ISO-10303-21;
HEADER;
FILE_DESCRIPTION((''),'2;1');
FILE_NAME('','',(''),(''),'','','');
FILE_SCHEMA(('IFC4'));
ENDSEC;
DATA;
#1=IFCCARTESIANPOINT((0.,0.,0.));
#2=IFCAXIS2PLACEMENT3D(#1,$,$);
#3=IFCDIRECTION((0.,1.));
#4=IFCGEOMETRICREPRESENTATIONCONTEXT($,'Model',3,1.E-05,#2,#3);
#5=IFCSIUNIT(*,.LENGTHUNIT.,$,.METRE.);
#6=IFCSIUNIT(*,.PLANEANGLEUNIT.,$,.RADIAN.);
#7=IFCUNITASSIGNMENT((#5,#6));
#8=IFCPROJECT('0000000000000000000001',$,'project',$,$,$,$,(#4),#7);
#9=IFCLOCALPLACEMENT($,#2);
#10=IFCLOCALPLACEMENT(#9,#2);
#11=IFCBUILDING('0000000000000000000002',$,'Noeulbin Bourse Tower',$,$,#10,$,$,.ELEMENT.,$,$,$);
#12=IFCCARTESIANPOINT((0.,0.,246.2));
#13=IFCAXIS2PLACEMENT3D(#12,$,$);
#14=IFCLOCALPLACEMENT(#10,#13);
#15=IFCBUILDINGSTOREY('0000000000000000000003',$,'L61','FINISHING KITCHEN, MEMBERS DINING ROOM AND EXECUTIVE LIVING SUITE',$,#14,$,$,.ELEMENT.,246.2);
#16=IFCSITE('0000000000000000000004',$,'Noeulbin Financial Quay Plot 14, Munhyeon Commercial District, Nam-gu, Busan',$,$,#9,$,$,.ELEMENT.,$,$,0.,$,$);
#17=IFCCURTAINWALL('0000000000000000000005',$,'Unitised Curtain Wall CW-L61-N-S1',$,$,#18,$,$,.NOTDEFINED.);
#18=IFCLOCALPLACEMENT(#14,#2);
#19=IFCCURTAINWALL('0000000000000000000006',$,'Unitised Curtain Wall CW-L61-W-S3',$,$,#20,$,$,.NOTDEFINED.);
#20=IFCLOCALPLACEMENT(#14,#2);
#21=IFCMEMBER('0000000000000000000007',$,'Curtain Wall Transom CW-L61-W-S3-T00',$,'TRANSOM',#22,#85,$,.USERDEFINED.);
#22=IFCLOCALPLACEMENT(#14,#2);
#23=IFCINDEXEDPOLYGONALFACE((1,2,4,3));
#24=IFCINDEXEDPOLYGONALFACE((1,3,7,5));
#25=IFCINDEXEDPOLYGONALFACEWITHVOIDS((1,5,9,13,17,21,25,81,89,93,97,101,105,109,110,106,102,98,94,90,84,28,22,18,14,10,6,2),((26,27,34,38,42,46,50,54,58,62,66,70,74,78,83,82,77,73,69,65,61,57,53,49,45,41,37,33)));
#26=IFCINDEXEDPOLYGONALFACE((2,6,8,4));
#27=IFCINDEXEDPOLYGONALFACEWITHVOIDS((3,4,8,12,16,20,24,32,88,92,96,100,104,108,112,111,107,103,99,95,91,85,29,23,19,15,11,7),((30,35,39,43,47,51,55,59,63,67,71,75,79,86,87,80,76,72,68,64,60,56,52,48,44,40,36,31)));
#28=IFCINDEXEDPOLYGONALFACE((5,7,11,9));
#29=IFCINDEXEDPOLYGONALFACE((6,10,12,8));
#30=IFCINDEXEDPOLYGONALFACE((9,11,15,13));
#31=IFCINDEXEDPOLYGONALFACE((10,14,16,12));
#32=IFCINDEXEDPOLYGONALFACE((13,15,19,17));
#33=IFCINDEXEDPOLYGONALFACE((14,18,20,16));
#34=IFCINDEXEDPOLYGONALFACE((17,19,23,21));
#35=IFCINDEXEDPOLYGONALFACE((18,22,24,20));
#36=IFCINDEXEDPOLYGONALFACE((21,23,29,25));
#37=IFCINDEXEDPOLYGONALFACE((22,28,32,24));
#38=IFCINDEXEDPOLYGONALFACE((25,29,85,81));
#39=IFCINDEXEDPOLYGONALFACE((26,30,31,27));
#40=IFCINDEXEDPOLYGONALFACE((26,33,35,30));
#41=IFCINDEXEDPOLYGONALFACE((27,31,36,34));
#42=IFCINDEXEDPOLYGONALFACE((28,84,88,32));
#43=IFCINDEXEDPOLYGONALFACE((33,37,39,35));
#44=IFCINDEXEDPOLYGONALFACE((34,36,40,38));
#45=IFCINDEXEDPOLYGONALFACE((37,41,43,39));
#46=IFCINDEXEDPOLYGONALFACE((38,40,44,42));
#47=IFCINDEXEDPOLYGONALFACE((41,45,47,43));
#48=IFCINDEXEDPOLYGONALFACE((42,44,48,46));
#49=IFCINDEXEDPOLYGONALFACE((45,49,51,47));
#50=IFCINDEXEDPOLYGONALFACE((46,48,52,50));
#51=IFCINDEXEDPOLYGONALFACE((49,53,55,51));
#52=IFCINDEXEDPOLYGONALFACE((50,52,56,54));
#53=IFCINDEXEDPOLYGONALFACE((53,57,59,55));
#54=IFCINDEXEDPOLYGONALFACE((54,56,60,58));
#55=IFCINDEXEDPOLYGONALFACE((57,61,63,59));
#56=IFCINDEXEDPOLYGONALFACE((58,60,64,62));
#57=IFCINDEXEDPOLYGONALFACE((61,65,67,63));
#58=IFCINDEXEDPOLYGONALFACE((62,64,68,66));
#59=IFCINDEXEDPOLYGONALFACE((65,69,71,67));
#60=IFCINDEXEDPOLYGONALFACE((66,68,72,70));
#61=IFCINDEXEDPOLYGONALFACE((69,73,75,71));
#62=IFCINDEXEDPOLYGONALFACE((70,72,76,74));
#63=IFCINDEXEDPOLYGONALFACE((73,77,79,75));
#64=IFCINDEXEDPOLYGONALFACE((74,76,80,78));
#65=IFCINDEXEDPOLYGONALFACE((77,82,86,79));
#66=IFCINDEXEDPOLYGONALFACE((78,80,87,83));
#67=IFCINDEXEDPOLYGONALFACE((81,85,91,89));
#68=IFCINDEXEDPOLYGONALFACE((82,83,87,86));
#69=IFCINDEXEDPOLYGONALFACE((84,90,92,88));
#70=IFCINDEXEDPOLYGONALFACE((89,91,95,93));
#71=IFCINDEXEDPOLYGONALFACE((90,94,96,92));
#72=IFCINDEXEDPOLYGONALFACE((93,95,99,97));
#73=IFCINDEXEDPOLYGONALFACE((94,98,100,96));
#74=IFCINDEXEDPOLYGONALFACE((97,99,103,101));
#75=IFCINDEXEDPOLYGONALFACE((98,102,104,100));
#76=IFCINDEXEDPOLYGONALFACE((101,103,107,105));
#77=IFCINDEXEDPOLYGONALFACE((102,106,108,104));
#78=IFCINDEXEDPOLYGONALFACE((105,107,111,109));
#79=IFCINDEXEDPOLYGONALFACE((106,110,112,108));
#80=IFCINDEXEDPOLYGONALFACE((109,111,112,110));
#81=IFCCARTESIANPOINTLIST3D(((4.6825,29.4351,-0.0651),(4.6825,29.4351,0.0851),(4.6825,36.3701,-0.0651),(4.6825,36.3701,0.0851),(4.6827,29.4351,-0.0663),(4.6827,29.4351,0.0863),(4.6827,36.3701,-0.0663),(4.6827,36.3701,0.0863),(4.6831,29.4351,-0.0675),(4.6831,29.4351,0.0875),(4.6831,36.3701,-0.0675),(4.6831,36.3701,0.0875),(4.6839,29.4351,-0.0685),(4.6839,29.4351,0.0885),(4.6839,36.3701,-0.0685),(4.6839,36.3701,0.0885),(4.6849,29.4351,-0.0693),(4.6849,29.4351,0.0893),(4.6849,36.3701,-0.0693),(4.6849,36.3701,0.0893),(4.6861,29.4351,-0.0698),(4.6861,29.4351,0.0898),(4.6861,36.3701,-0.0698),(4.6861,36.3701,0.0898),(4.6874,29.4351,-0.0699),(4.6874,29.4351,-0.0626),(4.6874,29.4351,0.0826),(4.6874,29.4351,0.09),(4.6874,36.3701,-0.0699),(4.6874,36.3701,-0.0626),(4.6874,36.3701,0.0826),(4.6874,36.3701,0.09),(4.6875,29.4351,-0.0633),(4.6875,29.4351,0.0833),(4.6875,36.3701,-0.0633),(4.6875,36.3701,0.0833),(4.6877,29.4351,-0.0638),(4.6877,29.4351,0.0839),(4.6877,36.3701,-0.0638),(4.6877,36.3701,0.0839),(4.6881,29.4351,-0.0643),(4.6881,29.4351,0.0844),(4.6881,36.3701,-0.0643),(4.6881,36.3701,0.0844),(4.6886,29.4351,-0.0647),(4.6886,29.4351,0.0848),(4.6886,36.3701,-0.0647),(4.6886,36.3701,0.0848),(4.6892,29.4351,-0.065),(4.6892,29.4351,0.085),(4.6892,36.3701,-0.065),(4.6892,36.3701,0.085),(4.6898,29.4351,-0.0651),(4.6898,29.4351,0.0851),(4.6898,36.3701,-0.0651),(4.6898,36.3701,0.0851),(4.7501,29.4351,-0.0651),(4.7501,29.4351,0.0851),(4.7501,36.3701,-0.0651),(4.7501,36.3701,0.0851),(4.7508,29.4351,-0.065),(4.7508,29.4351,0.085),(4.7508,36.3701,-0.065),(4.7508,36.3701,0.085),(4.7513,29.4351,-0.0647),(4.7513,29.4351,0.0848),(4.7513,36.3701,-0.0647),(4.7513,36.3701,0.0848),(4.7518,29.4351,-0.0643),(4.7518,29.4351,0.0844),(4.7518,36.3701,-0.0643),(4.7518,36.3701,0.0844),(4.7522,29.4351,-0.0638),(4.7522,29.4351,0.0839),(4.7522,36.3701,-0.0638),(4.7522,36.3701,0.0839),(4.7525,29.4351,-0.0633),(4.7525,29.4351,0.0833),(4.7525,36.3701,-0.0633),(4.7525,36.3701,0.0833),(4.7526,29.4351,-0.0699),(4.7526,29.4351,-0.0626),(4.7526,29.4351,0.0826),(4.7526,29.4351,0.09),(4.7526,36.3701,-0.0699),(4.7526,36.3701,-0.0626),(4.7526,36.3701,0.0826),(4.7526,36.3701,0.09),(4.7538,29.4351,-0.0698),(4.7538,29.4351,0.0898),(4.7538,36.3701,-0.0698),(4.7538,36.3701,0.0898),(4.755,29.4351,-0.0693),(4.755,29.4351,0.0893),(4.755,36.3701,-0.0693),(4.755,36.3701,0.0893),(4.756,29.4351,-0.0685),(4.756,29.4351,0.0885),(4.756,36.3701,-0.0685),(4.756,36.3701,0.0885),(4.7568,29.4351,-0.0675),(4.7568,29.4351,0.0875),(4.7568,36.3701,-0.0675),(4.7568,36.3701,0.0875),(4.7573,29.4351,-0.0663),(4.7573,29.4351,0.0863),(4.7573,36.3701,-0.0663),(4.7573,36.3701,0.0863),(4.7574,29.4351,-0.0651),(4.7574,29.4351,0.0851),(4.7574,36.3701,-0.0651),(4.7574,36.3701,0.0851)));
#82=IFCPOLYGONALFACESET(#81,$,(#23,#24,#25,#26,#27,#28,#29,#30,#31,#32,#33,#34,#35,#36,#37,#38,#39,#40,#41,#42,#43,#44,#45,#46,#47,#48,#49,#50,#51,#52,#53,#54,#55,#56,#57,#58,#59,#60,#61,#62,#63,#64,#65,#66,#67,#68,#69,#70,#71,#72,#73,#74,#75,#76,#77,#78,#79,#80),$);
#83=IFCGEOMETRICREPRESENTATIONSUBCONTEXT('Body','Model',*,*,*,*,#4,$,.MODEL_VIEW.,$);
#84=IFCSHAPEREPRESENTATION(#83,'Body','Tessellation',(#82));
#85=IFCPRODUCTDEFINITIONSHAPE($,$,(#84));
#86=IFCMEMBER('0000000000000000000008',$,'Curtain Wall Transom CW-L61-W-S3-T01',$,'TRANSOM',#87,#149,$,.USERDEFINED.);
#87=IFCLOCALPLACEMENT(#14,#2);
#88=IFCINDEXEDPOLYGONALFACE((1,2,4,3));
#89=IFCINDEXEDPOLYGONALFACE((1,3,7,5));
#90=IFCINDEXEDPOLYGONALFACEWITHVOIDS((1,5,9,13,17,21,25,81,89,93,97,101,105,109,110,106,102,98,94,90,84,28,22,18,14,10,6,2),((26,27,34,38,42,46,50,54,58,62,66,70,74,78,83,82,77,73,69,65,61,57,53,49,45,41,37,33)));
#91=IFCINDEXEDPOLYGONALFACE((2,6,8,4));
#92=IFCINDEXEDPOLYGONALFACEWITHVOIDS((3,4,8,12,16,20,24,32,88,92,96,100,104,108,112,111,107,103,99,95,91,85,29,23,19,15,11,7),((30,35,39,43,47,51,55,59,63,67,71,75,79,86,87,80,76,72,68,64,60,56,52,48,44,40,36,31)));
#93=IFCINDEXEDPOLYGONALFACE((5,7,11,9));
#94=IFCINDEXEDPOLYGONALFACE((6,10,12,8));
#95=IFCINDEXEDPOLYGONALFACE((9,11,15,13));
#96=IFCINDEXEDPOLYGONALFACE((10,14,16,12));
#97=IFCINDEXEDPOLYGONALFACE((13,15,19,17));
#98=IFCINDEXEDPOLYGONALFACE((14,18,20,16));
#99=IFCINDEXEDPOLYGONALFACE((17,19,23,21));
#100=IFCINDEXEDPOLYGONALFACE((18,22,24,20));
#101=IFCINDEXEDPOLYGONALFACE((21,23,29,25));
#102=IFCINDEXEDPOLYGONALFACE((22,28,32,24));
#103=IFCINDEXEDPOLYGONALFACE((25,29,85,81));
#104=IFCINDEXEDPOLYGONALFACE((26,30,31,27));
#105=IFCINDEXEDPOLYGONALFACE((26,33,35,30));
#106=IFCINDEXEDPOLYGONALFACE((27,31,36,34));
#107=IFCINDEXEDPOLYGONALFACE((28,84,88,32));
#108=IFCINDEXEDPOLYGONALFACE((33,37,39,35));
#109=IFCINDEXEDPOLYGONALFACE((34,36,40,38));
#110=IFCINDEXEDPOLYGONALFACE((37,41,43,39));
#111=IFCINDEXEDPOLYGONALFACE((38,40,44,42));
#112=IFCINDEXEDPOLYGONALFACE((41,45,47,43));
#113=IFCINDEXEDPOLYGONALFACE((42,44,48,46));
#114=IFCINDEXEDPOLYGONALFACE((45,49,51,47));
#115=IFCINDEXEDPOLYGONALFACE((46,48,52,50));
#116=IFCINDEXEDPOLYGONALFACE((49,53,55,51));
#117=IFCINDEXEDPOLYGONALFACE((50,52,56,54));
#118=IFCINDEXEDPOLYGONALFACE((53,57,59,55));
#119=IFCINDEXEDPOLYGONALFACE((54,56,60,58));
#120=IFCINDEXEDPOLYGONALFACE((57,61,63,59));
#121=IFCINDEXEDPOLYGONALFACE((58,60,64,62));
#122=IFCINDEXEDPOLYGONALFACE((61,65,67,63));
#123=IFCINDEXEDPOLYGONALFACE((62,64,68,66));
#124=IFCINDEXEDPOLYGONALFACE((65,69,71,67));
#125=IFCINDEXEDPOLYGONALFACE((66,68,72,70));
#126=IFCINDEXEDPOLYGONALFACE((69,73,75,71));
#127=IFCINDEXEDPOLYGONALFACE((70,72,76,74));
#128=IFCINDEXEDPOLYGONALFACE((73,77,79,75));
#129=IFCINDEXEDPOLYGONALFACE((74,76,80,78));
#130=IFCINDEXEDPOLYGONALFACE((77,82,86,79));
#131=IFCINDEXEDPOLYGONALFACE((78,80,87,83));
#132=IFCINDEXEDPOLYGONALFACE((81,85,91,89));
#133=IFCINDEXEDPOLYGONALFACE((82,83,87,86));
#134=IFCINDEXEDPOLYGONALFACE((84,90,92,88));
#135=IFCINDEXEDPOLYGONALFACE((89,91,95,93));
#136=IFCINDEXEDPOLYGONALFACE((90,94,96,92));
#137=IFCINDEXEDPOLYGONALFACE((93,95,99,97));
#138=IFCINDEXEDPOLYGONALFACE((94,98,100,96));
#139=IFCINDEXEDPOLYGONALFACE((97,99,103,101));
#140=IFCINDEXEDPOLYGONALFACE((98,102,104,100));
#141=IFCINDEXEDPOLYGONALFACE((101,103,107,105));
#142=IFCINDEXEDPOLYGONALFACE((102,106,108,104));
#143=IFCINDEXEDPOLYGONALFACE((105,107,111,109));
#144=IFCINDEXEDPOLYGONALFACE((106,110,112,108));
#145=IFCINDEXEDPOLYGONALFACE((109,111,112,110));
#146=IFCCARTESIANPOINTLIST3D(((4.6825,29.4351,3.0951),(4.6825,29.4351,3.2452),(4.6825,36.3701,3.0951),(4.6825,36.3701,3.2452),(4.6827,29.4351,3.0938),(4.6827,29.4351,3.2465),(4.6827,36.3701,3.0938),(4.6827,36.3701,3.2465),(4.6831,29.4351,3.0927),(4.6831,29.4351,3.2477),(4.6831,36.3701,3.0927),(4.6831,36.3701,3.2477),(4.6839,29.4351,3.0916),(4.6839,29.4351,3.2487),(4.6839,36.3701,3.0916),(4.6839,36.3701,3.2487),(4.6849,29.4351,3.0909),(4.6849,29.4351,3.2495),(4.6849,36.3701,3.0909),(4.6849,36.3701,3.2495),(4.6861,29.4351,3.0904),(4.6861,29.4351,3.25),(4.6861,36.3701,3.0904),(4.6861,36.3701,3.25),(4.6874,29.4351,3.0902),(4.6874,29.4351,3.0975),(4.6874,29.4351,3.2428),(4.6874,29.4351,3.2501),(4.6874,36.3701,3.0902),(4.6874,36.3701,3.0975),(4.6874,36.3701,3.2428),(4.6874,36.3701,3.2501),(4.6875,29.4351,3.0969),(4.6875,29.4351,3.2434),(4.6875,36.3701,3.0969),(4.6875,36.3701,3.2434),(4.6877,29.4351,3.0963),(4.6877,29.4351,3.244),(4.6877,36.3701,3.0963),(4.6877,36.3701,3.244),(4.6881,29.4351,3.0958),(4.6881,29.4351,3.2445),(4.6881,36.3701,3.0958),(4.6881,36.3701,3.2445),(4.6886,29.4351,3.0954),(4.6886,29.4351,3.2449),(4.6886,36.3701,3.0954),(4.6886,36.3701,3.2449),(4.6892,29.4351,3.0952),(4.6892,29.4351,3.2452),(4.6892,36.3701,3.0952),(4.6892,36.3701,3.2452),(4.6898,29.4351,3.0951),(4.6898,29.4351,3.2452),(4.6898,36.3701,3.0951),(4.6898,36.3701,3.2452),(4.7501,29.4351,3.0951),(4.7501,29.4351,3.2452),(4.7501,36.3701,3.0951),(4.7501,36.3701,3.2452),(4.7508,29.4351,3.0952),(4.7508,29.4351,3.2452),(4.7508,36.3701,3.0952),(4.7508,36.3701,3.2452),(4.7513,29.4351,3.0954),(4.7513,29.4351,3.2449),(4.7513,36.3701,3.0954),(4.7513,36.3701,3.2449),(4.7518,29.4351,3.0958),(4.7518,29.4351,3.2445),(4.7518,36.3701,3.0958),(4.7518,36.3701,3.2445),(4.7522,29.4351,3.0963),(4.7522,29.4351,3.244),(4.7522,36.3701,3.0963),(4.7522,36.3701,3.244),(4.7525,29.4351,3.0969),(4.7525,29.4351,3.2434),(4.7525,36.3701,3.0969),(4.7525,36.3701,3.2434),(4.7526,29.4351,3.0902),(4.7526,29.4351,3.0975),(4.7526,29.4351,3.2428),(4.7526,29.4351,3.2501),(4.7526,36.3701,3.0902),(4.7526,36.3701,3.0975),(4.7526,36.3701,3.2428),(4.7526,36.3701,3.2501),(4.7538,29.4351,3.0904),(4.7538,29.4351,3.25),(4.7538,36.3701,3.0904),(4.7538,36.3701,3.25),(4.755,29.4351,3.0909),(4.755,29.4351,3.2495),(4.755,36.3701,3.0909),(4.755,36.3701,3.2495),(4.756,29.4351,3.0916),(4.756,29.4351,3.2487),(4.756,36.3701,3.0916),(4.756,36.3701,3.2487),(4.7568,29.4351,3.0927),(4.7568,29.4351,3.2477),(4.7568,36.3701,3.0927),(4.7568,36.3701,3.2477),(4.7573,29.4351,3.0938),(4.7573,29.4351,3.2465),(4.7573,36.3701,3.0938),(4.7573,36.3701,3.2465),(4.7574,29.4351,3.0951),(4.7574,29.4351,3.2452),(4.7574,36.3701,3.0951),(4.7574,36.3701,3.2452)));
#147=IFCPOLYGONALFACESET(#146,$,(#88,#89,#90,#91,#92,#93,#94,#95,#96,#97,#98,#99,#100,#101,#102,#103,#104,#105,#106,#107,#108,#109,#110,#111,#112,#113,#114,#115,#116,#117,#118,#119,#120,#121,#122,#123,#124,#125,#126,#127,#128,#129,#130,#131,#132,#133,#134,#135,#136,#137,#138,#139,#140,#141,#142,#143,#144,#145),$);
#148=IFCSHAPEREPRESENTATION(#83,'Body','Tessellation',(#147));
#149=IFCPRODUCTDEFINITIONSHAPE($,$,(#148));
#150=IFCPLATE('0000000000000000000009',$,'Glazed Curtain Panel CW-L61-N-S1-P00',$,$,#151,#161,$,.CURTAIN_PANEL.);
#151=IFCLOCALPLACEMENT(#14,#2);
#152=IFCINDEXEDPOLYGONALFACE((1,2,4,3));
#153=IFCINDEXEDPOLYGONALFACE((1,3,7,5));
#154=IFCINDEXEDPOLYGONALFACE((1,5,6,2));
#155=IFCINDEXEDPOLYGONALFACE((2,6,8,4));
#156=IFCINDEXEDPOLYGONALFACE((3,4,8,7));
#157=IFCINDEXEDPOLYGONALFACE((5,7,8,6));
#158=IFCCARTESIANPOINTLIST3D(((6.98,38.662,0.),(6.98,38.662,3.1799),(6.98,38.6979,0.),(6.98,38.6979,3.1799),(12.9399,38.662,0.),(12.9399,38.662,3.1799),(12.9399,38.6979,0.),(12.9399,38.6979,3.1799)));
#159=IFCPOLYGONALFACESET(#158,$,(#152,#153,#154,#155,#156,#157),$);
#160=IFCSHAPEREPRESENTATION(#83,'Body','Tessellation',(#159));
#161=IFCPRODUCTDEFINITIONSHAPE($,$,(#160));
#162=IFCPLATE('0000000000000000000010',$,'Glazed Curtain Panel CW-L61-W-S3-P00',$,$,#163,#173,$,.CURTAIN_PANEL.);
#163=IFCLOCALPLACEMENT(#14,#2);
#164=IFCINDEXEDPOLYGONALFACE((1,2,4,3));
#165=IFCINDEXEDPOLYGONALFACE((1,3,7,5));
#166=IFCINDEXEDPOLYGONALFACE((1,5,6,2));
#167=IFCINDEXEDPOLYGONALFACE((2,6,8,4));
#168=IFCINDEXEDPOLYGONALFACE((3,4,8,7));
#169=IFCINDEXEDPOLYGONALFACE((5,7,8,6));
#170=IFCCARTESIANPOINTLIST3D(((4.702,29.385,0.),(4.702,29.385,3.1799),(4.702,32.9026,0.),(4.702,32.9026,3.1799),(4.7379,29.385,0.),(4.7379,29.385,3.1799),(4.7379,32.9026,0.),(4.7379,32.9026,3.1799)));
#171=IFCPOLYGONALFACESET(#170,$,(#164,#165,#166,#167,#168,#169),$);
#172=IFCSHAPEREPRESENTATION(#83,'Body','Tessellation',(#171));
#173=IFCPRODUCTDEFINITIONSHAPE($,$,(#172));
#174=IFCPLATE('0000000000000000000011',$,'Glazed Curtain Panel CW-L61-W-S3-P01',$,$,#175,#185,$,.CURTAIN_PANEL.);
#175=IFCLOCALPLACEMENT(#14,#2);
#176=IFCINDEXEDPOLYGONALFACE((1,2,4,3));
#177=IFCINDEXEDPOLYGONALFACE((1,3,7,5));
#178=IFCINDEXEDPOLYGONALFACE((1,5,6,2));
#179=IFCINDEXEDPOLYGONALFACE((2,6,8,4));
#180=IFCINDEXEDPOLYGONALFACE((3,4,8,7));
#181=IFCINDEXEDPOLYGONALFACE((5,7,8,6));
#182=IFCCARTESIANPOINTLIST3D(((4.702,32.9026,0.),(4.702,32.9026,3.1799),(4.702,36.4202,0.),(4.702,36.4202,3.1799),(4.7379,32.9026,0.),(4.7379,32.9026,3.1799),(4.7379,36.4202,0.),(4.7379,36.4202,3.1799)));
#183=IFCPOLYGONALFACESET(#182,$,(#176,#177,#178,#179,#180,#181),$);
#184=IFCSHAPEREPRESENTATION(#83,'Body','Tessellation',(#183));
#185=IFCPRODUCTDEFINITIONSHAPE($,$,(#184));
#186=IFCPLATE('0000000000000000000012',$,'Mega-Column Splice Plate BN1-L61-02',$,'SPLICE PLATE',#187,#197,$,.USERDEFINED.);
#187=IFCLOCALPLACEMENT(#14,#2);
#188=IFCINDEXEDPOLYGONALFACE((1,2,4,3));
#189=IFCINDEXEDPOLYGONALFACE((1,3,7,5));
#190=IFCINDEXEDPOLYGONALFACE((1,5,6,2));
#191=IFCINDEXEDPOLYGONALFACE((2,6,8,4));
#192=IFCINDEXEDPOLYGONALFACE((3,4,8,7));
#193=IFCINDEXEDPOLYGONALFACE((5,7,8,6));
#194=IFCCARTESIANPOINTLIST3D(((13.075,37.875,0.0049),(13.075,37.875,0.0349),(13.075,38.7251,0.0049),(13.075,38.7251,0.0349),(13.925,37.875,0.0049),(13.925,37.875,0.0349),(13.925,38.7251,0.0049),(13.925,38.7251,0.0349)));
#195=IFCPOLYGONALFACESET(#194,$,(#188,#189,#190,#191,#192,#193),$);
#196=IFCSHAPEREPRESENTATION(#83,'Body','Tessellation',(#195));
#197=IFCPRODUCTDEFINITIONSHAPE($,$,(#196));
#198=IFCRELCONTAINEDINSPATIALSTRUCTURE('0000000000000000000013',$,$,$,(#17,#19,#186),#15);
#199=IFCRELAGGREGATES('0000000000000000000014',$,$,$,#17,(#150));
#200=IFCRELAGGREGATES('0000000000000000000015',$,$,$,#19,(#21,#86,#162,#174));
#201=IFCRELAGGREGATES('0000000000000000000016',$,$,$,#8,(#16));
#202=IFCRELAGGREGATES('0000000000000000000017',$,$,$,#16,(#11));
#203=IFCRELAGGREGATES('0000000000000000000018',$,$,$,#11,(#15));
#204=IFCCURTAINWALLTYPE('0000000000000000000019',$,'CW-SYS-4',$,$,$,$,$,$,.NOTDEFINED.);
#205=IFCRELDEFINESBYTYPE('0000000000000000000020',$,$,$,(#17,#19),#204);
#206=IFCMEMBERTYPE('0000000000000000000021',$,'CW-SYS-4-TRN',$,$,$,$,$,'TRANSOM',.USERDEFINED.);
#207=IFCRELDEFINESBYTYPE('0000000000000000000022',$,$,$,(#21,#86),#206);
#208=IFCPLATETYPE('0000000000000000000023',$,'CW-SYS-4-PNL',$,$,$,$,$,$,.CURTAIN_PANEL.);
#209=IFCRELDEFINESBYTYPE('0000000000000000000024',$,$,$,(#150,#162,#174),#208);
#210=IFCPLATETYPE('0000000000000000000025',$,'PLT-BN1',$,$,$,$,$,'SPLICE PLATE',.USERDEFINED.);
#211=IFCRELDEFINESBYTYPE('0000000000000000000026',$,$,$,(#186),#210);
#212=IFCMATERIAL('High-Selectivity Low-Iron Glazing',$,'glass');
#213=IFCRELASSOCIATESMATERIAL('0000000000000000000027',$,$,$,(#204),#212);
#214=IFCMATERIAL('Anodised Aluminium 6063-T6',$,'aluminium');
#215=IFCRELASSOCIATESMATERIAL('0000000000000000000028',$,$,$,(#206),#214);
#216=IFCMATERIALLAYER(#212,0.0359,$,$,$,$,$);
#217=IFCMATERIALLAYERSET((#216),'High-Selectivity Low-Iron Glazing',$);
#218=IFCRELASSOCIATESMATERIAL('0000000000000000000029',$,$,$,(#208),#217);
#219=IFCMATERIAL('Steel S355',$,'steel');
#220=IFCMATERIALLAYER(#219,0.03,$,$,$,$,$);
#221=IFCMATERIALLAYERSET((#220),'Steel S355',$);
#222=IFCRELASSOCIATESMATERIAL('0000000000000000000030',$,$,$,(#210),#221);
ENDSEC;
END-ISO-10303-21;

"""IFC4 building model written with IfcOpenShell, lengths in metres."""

from ifc_helpers import new_model, si_unit, direction, frame, origin, origin_2d, place, context, subcontext, project, spatial, rectangle, hollow_rectangle, extrude, material, layer, layer_set, material_profile, profile_set, type_object, element, aggregate, save


model = new_model("IFC4")

# Units and contexts
model_context = context("Model", 3, precision=1e-05, world=origin(), true_north=direction((0.0, 1.0)))
body_context = subcontext(model_context, "Body", "Model", "MODEL_VIEW")
ifc_project = project(units=[si_unit("LENGTHUNIT", "METRE"), si_unit("PLANEANGLEUNIT", "RADIAN")], contexts=[model_context])

# Site, building, storey
site_placement = place(None, origin())
site = spatial("IfcSite", under=ifc_project, at=site_placement, Name="Noeulbin Financial Quay Plot 14, Munhyeon Commercial District, Nam-gu, Busan", CompositionType="ELEMENT", RefElevation=0.0)
building_placement = place(site_placement, origin())
building = spatial("IfcBuilding", under=site, at=building_placement, Name="Noeulbin Bourse Tower", CompositionType="ELEMENT")
storey_placement = place(building_placement, frame((0.0, 0.0, 246.2)))
storey = spatial("IfcBuildingStorey", under=building, at=storey_placement, Name="L61", Description="FINISHING KITCHEN, MEMBERS DINING ROOM AND EXECUTIVE LIVING SUITE", CompositionType="ELEMENT", Elevation=246.2)

# Shared definitions
ifc_material_1 = material(Name="Steel S355", Category="steel")

# Curtain wall
ifc_material_2 = material(Name="High-Selectivity Low-Iron Glazing", Category="glass")
curtain_wall_type = type_object("IfcCurtainWallType", Name="CW-SYS-4", PredefinedType="NOTDEFINED", material=ifc_material_2)
curtain_wall_1_placement = place(storey_placement, origin())
curtain_wall_1 = element("IfcCurtainWall", 1, at=curtain_wall_1_placement, inside=storey, type_object=curtain_wall_type, Name="Unitised Curtain Wall CW-L61-N-S1", PredefinedType="NOTDEFINED")
ifc_material_3 = material(Name="Anodised Aluminium 6063-T6", Category="aluminium")

# Curtain wall
curtain_wall_2_placement = place(storey_placement, origin())
curtain_wall_2 = element("IfcCurtainWall", 2, at=curtain_wall_2_placement, inside=storey, type_object=curtain_wall_type, Name="Unitised Curtain Wall CW-L61-W-S3", PredefinedType="NOTDEFINED")

# Members
ifc_material_profile_1 = material_profile(ifc_material_3, hollow_rectangle(XDim=0.075, YDim=0.1599, WallThickness=0.0049, InnerFilletRadius=0.0024, OuterFilletRadius=0.0049, at=origin_2d()), Name="ALU-TRAN-75x160x5", Category="LoadBearing")
ifc_profile_set_1 = profile_set([ifc_material_profile_1], Name="Anodised Aluminium 6063-T6")
member_type_1 = type_object("IfcMemberType", Name="CW-SYS-4-TRN", ElementType="TRANSOM", PredefinedType="USERDEFINED", material=ifc_profile_set_1)
member_1_placement = place(storey_placement, frame((4.72, 29.4351, 0.01), z_axis=(0.0, 1.0, 0.0), x_axis=(-1.0, 0.0, 0.0)))
member_1 = element("IfcMember", 3, at=member_1_placement, type_object=member_type_1, Name="Curtain Wall Transom CW-L61-W-S3-T00", ObjectType="TRANSOM", PredefinedType="USERDEFINED", context=body_context, shape_type="SweptSolid", body=[
    extrude(hollow_rectangle(XDim=0.075, YDim=0.1599, WallThickness=0.0049, InnerFilletRadius=0.0024, OuterFilletRadius=0.0049, at=origin_2d()), origin(), (0.0, 0.0, 1.0), 6.9351),
])
member_2_placement = place(storey_placement, frame((4.72, 29.4351, 3.1702), z_axis=(0.0, 1.0, 0.0), x_axis=(-1.0, 0.0, 0.0)))
member_2 = element("IfcMember", 4, at=member_2_placement, type_object=member_type_1, Name="Curtain Wall Transom CW-L61-W-S3-T01", ObjectType="TRANSOM", PredefinedType="USERDEFINED", context=body_context, shape_type="SweptSolid", body=[
    extrude(hollow_rectangle(XDim=0.075, YDim=0.1599, WallThickness=0.0049, InnerFilletRadius=0.0024, OuterFilletRadius=0.0049, at=origin_2d()), origin(), (0.0, 0.0, 1.0), 6.9351),
])

# Plates
ifc_layer_1 = layer(ifc_material_2, 0.0359)
ifc_layer_set_1 = layer_set([ifc_layer_1], Name="High-Selectivity Low-Iron Glazing")
plate_type_1 = type_object("IfcPlateType", Name="CW-SYS-4-PNL", PredefinedType="CURTAIN_PANEL", material=ifc_layer_set_1)
plate_1_placement = place(storey_placement, frame((9.96, 38.6799, 0.0), z_axis=(0.0, 0.0, 1.0), x_axis=(1.0, 0.0, 0.0)))
plate_1 = element("IfcPlate", 5, at=plate_1_placement, type_object=plate_type_1, Name="Glazed Curtain Panel CW-L61-N-S1-P00", PredefinedType="CURTAIN_PANEL", context=body_context, shape_type="SweptSolid", body=[
    extrude(rectangle(XDim=5.96, YDim=0.0359, at=origin_2d()), origin(), (0.0, 0.0, 1.0), 3.1799),
])
aggregate(curtain_wall_1, [plate_1])
plate_2_placement = place(storey_placement, frame((4.72, 31.1438, 0.0), z_axis=(0.0, 0.0, 1.0), x_axis=(0.0, 1.0, 0.0)))
plate_2 = element("IfcPlate", 6, at=plate_2_placement, type_object=plate_type_1, Name="Glazed Curtain Panel CW-L61-W-S3-P00", PredefinedType="CURTAIN_PANEL", context=body_context, shape_type="SweptSolid", body=[
    extrude(rectangle(XDim=3.5176, YDim=0.0359, at=origin_2d()), origin(), (0.0, 0.0, 1.0), 3.1799),
])
plate_3_placement = place(storey_placement, frame((4.72, 34.6614, 0.0), z_axis=(0.0, 0.0, 1.0), x_axis=(0.0, 1.0, 0.0)))
plate_3 = element("IfcPlate", 7, at=plate_3_placement, type_object=plate_type_1, Name="Glazed Curtain Panel CW-L61-W-S3-P01", PredefinedType="CURTAIN_PANEL", context=body_context, shape_type="SweptSolid", body=[
    extrude(rectangle(XDim=3.5176, YDim=0.0359, at=origin_2d()), origin(), (0.0, 0.0, 1.0), 3.1799),
])
aggregate(curtain_wall_2, [member_1, member_2, plate_2, plate_3])
ifc_layer_2 = layer(ifc_material_1, 0.03)
ifc_layer_set_2 = layer_set([ifc_layer_2], Name="Steel S355")
plate_type_2 = type_object("IfcPlateType", Name="PLT-BN1", ElementType="SPLICE PLATE", PredefinedType="USERDEFINED", material=ifc_layer_set_2)
plate_4_placement = place(storey_placement, frame((13.5, 38.3, 0.0049), z_axis=(0.0, 0.0, 1.0), x_axis=(1.0, 0.0, 0.0)))
element("IfcPlate", 8, at=plate_4_placement, inside=storey, type_object=plate_type_2, Name="Mega-Column Splice Plate BN1-L61-02", ObjectType="SPLICE PLATE", PredefinedType="USERDEFINED", context=body_context, shape_type="SweptSolid", body=[
    extrude(rectangle(XDim=0.8501, YDim=0.8501, at=origin_2d()), origin(), (0.0, 0.0, 1.0), 0.03),
])

save(model, "model.ifc")
